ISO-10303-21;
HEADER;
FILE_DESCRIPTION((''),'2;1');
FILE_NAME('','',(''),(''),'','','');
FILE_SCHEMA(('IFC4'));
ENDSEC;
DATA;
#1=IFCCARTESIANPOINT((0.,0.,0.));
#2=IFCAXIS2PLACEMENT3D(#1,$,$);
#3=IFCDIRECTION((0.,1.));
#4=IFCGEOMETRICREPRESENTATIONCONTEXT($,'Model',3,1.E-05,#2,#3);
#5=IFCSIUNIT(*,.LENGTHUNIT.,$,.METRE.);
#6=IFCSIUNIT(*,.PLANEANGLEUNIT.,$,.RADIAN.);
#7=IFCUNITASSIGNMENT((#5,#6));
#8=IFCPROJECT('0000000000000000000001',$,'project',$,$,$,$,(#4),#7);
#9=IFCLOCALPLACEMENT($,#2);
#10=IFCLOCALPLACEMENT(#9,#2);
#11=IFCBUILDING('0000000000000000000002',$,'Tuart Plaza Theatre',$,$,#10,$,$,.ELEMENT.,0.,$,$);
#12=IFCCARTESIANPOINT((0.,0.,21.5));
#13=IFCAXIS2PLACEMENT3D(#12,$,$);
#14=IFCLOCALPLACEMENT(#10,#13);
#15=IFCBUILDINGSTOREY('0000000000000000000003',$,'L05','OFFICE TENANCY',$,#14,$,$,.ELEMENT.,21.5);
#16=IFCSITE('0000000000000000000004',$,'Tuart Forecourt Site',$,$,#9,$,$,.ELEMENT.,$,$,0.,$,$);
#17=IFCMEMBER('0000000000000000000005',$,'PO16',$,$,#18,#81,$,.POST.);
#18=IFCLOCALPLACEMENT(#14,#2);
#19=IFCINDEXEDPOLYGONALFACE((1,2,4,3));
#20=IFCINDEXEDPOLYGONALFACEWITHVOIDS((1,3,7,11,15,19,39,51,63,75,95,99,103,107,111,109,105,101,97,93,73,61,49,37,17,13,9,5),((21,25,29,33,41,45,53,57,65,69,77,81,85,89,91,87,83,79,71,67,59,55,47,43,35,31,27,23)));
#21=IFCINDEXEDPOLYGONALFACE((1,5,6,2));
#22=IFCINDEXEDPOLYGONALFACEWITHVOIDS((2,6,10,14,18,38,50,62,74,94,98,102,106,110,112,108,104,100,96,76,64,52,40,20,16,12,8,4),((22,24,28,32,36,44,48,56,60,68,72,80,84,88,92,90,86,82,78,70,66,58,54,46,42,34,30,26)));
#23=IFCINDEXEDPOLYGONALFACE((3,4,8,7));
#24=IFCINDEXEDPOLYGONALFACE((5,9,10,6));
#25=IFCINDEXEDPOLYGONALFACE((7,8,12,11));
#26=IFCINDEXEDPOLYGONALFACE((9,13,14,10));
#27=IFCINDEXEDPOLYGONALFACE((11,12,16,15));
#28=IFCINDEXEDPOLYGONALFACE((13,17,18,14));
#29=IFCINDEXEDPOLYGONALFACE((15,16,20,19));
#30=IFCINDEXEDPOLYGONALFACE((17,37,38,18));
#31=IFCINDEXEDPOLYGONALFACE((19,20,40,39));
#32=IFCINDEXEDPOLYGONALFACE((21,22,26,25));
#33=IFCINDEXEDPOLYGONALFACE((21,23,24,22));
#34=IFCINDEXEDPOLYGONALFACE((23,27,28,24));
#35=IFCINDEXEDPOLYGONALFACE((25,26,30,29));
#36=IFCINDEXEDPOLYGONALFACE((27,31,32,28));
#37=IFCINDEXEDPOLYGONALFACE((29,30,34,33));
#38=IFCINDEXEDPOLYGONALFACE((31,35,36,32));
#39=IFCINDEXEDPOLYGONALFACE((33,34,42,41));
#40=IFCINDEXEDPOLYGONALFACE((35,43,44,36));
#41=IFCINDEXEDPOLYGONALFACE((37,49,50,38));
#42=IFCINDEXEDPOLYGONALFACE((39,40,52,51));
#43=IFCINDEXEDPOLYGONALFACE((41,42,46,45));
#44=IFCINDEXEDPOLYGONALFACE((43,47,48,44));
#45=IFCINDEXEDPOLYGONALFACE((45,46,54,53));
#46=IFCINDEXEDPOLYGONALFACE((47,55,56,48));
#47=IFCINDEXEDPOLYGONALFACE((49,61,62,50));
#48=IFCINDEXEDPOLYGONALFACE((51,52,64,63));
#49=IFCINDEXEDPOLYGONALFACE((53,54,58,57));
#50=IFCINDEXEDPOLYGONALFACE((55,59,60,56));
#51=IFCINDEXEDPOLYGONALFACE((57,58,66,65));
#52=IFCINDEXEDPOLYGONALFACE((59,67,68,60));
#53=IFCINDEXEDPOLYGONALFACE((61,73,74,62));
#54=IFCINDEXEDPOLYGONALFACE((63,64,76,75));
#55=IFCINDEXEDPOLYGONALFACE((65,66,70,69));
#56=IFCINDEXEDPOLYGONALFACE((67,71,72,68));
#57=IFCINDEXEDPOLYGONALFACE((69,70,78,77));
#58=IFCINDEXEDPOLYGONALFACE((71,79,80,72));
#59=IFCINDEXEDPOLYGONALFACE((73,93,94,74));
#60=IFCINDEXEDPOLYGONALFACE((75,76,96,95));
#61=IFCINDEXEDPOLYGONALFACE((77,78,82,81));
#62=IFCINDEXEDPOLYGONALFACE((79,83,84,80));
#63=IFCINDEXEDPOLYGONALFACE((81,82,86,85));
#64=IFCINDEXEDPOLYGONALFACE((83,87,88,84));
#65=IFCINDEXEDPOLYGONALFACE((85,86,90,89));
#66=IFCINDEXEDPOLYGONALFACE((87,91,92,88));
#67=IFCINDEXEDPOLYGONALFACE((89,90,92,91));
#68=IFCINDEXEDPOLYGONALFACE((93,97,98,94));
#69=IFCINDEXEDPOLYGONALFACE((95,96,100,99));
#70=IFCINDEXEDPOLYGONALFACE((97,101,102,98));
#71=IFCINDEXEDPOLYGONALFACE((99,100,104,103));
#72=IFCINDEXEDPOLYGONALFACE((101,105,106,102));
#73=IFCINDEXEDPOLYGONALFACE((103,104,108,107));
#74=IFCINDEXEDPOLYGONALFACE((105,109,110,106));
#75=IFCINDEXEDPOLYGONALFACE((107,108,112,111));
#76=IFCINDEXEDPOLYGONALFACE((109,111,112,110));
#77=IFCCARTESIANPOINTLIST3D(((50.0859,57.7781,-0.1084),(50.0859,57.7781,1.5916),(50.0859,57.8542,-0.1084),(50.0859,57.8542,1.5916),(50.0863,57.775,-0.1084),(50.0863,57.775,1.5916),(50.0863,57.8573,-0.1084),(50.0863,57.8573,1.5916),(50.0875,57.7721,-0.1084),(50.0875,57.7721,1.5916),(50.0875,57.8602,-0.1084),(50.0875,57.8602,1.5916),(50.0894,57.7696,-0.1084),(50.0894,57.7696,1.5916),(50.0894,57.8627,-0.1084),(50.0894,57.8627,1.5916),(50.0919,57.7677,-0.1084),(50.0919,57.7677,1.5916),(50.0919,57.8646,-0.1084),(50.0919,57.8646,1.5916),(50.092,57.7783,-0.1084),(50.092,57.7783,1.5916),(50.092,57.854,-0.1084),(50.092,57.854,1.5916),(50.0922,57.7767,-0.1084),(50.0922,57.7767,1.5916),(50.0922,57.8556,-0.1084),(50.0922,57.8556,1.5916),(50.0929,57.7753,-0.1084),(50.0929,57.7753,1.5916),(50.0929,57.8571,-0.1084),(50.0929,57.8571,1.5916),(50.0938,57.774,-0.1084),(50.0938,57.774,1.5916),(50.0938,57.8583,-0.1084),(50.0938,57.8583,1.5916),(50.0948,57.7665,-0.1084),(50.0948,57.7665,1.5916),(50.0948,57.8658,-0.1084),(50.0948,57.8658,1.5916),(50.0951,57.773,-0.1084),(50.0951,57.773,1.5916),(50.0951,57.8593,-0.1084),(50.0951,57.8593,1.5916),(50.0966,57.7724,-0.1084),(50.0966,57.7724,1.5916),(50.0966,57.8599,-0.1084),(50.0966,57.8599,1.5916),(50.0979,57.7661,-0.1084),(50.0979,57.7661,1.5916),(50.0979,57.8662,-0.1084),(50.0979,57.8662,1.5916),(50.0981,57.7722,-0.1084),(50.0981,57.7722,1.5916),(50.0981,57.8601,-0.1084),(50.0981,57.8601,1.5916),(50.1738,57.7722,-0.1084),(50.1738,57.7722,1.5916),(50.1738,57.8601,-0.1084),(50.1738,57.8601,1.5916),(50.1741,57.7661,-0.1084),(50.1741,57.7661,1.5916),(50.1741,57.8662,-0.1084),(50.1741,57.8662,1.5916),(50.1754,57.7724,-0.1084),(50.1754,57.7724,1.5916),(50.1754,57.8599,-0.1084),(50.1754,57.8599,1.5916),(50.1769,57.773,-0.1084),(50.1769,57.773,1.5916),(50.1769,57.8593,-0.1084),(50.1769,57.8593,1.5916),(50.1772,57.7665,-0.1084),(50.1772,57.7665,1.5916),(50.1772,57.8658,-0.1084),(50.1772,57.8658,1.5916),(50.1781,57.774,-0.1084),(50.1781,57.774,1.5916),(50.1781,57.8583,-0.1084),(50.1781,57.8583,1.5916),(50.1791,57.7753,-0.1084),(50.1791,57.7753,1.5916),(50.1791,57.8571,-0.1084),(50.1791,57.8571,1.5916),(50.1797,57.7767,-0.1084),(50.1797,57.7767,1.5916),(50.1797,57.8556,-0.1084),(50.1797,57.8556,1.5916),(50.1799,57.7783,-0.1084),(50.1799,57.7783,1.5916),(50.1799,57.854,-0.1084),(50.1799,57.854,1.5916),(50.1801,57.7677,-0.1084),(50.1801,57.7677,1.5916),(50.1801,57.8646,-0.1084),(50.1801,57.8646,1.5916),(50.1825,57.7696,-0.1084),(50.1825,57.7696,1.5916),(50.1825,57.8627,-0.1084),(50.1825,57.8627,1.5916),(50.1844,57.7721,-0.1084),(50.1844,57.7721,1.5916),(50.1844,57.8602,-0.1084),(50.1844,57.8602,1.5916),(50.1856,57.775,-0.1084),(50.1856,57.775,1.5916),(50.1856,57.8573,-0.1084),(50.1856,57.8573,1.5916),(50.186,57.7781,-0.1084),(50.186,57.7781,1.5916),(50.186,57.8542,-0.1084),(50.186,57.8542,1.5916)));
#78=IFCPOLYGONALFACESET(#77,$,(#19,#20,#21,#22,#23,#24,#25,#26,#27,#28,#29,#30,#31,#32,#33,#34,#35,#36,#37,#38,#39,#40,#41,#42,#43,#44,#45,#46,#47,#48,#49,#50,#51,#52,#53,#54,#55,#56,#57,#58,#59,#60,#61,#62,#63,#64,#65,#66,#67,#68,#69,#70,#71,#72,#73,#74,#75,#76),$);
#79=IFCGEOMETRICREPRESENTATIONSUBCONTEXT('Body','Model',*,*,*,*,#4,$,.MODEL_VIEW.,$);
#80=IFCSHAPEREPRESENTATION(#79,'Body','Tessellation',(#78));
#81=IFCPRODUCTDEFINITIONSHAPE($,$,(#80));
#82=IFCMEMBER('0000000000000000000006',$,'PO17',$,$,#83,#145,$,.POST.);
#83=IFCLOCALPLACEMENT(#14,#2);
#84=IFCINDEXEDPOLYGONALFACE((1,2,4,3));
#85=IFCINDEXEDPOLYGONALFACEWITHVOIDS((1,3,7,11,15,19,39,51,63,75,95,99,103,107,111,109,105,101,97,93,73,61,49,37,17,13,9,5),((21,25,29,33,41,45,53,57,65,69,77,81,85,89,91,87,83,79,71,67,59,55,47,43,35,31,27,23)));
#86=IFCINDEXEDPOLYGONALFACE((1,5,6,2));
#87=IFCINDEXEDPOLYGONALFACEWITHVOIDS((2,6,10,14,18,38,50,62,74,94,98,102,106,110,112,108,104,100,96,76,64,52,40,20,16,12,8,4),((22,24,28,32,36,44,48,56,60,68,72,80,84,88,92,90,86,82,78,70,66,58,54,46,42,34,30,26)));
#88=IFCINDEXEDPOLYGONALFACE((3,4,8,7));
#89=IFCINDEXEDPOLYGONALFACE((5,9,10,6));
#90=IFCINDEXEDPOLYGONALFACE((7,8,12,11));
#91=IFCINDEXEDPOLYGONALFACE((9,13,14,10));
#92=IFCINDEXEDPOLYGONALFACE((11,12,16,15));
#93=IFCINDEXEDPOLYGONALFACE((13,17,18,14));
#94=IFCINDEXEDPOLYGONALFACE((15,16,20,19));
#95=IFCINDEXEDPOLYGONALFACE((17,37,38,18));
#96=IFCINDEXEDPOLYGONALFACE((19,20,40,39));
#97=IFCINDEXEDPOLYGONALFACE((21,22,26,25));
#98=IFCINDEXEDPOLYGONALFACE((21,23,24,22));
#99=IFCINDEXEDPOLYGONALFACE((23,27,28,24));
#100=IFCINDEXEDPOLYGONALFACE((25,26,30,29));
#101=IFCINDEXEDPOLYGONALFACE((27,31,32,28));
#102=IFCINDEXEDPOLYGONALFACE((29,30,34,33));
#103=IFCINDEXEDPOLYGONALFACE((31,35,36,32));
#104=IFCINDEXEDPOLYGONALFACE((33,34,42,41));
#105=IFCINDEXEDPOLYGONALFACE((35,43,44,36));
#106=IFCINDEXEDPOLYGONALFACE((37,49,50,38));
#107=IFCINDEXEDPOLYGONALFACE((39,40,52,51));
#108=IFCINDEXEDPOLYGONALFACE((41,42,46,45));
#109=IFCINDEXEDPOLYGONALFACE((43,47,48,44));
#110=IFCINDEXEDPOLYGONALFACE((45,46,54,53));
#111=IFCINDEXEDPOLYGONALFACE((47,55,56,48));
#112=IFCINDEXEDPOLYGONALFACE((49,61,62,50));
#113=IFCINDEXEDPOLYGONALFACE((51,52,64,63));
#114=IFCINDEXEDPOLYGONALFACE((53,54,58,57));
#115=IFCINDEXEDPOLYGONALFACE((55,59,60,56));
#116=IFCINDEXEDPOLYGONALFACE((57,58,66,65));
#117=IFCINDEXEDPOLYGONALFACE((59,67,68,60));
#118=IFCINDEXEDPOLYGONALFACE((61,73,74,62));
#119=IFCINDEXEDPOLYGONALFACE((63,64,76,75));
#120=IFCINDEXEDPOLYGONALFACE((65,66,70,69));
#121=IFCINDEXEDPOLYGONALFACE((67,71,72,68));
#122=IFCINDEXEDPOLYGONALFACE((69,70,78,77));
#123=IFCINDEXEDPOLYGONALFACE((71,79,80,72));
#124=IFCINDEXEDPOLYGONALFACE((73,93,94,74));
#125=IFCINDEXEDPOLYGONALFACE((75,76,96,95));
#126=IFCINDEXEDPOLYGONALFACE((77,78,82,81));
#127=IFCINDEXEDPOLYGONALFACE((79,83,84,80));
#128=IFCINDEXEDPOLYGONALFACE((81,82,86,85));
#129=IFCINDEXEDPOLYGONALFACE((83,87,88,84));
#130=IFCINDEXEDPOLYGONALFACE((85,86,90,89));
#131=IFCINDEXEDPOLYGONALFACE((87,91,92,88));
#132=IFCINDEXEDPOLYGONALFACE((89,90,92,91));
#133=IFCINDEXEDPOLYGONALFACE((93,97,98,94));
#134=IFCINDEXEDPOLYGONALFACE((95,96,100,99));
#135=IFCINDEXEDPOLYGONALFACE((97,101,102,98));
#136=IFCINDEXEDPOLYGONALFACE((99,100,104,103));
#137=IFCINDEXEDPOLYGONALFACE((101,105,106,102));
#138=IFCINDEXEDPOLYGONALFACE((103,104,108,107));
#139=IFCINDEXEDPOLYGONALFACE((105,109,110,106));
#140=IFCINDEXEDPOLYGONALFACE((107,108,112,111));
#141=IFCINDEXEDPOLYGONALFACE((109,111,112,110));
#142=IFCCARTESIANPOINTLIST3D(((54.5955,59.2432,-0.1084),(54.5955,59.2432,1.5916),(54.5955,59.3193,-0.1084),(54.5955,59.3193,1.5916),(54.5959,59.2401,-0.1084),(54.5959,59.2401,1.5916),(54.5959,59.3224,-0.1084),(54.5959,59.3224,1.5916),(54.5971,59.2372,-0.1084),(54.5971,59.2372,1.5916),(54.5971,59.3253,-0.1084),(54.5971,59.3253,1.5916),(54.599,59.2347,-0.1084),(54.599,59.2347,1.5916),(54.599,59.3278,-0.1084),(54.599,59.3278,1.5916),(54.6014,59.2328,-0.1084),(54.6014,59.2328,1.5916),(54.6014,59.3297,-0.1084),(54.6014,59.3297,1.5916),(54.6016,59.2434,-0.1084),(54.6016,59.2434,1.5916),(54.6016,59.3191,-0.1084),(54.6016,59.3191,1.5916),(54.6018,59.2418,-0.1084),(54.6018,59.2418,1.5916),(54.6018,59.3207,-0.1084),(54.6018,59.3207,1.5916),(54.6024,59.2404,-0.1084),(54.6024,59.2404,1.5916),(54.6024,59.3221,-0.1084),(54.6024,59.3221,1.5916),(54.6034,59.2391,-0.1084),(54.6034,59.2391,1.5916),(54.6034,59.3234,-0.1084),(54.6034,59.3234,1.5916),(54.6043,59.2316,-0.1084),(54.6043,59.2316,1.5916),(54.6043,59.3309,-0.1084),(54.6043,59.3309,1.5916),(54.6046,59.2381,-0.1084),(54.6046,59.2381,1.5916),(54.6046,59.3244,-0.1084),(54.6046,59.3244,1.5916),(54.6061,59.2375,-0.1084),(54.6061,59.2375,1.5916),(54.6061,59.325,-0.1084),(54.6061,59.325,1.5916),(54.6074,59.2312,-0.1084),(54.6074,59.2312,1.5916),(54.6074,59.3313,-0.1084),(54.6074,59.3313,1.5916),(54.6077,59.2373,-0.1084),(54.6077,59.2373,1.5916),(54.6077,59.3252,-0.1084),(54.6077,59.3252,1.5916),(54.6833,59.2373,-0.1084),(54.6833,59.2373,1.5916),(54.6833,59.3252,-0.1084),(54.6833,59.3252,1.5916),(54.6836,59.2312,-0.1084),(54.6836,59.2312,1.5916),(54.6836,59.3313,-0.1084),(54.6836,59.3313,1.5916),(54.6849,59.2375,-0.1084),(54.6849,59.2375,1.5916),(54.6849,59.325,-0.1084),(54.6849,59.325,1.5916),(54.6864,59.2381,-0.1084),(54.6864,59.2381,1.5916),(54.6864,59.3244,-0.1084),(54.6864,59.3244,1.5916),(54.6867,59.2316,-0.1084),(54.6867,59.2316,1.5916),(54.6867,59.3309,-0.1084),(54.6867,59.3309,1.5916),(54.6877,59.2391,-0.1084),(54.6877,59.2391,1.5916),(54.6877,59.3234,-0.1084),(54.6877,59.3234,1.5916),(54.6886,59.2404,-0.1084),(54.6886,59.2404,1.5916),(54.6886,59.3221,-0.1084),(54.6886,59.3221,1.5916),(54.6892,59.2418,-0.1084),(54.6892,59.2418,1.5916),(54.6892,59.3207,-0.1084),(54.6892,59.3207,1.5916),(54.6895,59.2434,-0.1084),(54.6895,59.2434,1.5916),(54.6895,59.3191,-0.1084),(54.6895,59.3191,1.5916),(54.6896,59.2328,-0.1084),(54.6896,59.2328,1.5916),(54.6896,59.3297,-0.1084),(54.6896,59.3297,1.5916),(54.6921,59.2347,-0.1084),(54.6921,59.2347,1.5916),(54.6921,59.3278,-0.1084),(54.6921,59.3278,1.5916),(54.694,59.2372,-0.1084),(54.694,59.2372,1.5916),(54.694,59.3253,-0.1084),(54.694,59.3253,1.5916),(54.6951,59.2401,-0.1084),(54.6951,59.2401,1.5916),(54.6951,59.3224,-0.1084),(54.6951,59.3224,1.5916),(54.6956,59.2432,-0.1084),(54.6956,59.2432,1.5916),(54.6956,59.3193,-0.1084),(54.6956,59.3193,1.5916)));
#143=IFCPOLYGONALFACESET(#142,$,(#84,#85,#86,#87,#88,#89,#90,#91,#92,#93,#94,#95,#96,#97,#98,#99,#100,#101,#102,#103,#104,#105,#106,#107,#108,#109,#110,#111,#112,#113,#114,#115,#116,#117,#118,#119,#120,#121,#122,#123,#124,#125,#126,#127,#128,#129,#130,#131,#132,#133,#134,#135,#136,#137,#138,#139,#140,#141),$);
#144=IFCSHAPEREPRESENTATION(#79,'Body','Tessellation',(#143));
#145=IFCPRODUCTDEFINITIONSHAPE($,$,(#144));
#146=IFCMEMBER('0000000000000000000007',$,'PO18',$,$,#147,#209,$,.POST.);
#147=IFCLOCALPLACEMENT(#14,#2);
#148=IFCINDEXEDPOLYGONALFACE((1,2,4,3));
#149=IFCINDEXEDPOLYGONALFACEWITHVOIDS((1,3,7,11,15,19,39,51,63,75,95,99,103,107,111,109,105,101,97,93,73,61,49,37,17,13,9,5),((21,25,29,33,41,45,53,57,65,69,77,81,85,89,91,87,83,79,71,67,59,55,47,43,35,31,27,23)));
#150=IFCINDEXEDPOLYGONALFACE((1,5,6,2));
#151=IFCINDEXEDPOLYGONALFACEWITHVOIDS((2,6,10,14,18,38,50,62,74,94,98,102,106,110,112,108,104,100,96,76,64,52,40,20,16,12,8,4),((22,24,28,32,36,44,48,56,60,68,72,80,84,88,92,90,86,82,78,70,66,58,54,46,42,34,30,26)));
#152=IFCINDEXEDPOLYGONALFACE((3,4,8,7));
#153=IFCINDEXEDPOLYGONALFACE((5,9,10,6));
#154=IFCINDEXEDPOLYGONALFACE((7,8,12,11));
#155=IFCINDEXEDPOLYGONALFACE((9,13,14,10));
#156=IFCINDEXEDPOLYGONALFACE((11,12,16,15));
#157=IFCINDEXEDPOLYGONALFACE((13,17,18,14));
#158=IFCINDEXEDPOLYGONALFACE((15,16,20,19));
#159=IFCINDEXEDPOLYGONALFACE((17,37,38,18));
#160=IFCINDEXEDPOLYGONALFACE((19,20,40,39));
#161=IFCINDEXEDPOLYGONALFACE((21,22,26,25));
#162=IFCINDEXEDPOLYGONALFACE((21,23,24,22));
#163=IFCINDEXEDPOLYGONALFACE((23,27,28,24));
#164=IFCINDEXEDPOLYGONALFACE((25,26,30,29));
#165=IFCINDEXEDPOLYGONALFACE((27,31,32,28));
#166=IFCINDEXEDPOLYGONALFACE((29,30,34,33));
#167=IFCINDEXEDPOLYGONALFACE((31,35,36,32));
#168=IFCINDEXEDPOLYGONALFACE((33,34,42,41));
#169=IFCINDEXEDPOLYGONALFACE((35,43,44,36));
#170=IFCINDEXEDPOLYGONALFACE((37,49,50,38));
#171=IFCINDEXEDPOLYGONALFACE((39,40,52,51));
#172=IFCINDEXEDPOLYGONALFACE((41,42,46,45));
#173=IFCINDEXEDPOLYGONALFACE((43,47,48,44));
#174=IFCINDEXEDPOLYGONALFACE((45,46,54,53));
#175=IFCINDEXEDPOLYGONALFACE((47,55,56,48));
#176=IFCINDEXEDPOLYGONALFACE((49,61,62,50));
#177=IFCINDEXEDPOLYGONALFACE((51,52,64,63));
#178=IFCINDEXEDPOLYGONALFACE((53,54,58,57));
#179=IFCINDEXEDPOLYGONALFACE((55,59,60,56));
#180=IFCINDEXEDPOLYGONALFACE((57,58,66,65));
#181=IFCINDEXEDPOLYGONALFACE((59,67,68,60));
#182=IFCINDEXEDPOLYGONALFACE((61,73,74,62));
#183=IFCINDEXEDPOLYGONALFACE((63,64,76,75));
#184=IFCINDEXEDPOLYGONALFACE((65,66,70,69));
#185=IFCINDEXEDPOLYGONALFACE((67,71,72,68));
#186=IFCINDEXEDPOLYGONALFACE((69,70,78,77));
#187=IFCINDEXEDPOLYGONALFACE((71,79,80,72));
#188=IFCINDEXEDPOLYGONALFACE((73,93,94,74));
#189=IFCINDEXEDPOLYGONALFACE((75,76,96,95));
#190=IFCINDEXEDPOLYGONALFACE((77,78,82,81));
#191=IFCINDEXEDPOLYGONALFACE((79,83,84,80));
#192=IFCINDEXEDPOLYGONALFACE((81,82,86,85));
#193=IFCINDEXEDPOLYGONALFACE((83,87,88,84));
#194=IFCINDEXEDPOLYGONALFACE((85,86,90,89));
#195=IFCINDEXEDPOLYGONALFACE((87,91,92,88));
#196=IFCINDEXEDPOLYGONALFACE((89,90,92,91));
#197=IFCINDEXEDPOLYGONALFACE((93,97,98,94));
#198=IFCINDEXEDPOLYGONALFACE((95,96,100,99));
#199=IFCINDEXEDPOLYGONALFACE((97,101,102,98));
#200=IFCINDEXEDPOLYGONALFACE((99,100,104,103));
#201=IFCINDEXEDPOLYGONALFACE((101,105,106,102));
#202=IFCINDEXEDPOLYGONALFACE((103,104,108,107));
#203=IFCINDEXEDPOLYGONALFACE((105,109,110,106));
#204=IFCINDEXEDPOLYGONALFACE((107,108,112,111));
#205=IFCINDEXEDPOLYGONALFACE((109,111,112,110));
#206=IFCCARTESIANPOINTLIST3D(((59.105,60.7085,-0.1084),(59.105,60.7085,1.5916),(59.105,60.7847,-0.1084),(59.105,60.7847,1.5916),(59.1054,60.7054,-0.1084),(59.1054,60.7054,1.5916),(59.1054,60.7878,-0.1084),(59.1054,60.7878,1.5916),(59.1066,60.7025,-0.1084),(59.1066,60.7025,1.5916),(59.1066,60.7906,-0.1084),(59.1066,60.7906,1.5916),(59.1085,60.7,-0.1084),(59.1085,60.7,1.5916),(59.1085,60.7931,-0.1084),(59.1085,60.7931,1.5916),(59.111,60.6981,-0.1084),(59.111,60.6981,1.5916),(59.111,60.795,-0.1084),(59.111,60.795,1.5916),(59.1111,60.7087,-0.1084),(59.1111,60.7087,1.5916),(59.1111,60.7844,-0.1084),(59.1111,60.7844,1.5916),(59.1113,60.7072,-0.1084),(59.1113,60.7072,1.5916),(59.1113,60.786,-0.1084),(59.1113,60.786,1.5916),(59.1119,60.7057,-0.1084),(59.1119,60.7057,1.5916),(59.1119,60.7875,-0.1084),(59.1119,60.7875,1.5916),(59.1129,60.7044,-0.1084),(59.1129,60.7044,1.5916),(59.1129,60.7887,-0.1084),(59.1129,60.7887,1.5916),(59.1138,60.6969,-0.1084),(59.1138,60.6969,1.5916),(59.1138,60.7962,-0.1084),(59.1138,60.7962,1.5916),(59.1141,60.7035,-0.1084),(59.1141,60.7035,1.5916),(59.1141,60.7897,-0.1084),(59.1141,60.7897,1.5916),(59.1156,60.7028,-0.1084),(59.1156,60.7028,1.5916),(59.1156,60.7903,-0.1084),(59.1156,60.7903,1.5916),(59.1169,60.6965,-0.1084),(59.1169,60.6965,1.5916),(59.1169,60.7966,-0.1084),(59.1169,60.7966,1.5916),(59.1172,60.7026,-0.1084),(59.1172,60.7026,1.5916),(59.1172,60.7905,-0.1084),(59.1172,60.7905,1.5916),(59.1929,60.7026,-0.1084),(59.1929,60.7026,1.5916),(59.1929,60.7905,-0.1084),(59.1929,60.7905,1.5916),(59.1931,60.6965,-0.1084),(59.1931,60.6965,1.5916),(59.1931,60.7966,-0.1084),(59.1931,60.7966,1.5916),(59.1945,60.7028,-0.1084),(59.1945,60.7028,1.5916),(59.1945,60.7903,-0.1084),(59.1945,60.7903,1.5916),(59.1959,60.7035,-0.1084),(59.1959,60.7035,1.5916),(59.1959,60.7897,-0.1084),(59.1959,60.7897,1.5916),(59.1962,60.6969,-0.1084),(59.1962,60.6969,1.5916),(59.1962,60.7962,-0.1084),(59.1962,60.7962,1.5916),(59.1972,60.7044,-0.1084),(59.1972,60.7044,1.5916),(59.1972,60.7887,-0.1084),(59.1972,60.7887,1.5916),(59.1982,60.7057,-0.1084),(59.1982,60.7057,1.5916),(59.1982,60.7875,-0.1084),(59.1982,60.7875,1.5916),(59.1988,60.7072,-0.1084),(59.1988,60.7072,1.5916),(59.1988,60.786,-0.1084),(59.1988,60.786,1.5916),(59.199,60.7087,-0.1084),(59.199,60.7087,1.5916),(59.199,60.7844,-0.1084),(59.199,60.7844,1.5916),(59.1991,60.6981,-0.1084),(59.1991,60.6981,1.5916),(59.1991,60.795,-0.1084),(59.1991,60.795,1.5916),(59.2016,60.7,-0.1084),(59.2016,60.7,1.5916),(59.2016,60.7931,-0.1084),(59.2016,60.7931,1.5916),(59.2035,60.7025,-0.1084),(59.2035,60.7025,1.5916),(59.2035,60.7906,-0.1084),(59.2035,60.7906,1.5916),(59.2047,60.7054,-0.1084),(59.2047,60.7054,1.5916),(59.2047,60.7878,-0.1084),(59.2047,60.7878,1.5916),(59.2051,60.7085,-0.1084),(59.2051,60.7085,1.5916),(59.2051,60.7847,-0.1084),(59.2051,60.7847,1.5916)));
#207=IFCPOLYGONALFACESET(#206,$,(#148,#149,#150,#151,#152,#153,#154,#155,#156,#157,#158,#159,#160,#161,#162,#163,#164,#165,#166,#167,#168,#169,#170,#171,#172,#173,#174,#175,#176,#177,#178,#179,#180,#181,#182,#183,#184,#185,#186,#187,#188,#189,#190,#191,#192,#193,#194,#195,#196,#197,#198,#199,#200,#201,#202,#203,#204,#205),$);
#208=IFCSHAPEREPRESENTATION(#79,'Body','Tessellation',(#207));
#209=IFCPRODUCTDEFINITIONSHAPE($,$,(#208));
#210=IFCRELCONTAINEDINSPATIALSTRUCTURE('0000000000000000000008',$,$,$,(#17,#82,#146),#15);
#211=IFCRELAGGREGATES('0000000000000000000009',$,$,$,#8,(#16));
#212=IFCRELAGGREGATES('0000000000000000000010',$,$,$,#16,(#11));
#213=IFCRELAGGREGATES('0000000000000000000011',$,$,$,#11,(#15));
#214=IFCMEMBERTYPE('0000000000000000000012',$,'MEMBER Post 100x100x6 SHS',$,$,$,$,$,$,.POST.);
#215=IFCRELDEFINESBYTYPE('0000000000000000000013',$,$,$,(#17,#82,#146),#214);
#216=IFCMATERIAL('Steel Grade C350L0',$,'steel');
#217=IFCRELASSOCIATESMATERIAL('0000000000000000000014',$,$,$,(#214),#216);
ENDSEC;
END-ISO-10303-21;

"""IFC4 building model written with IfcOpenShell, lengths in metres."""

from ifc_helpers import new_model, si_unit, direction, frame, origin, origin_2d, place, context, subcontext, project, spatial, hollow_rectangle, extrude, material, material_profile, profile_set, type_object, element, save


model = new_model("IFC4")

# Units and contexts
model_context = context("Model", 3, precision=1e-05, world=origin(), true_north=direction((0.0, 1.0)))
body_context = subcontext(model_context, "Body", "Model", "MODEL_VIEW")
ifc_project = project(units=[si_unit("LENGTHUNIT", "METRE"), si_unit("PLANEANGLEUNIT", "RADIAN")], contexts=[model_context])

# Site, building, storey
site_placement = place(None, origin())
site = spatial("IfcSite", under=ifc_project, at=site_placement, Name="Tuart Forecourt Site", CompositionType="ELEMENT", RefElevation=0.0)
building_placement = place(site_placement, origin())
building = spatial("IfcBuilding", under=site, at=building_placement, Name="Tuart Plaza Theatre", CompositionType="ELEMENT", ElevationOfRefHeight=0.0)
storey_placement = place(building_placement, frame((0.0, 0.0, 21.5)))
storey = spatial("IfcBuildingStorey", under=building, at=storey_placement, Name="L05", Description="OFFICE TENANCY", CompositionType="ELEMENT", Elevation=21.5)

# Members
ifc_material_1 = material(Name="Steel Grade C350L0", Category="steel")
ifc_material_profile_1 = material_profile(ifc_material_1, hollow_rectangle(XDim=0.1001, YDim=0.1001, WallThickness=0.0061, InnerFilletRadius=0.0061, OuterFilletRadius=0.012, at=origin_2d()), Name="100x100x6 SHS")
ifc_profile_set_1 = profile_set([ifc_material_profile_1], Name="Steel Grade C350L0")
member_type_1 = type_object("IfcMemberType", Name="MEMBER Post 100x100x6 SHS", PredefinedType="POST", material=ifc_profile_set_1)
for number, where, z_axis, x_axis, name in (
    (1, (50.136, 57.8162, -0.1084), (0.0, 0.0, 1.0), (1.0, 0.0, 0.0), "PO16"),
    (2, (54.6455, 59.2812, -0.1084), (0.0, 0.0, 1.0), (1.0, 0.0, 0.0), "PO17"),
    (3, (59.155, 60.7466, -0.1084), (0.0, 0.0, 1.0), (1.0, 0.0, 0.0), "PO18"),
):
    element("IfcMember", number, at=place(storey_placement, frame(where, z_axis=z_axis, x_axis=x_axis)), inside=storey, type_object=member_type_1, Name=name, PredefinedType="POST", context=body_context, shape_type="SweptSolid", body=[
        extrude(hollow_rectangle(XDim=0.1001, YDim=0.1001, WallThickness=0.0061, InnerFilletRadius=0.0061, OuterFilletRadius=0.012, at=origin_2d()), origin(), (0.0, 0.0, 1.0), 1.7),
    ])

save(model, "model.ifc")
